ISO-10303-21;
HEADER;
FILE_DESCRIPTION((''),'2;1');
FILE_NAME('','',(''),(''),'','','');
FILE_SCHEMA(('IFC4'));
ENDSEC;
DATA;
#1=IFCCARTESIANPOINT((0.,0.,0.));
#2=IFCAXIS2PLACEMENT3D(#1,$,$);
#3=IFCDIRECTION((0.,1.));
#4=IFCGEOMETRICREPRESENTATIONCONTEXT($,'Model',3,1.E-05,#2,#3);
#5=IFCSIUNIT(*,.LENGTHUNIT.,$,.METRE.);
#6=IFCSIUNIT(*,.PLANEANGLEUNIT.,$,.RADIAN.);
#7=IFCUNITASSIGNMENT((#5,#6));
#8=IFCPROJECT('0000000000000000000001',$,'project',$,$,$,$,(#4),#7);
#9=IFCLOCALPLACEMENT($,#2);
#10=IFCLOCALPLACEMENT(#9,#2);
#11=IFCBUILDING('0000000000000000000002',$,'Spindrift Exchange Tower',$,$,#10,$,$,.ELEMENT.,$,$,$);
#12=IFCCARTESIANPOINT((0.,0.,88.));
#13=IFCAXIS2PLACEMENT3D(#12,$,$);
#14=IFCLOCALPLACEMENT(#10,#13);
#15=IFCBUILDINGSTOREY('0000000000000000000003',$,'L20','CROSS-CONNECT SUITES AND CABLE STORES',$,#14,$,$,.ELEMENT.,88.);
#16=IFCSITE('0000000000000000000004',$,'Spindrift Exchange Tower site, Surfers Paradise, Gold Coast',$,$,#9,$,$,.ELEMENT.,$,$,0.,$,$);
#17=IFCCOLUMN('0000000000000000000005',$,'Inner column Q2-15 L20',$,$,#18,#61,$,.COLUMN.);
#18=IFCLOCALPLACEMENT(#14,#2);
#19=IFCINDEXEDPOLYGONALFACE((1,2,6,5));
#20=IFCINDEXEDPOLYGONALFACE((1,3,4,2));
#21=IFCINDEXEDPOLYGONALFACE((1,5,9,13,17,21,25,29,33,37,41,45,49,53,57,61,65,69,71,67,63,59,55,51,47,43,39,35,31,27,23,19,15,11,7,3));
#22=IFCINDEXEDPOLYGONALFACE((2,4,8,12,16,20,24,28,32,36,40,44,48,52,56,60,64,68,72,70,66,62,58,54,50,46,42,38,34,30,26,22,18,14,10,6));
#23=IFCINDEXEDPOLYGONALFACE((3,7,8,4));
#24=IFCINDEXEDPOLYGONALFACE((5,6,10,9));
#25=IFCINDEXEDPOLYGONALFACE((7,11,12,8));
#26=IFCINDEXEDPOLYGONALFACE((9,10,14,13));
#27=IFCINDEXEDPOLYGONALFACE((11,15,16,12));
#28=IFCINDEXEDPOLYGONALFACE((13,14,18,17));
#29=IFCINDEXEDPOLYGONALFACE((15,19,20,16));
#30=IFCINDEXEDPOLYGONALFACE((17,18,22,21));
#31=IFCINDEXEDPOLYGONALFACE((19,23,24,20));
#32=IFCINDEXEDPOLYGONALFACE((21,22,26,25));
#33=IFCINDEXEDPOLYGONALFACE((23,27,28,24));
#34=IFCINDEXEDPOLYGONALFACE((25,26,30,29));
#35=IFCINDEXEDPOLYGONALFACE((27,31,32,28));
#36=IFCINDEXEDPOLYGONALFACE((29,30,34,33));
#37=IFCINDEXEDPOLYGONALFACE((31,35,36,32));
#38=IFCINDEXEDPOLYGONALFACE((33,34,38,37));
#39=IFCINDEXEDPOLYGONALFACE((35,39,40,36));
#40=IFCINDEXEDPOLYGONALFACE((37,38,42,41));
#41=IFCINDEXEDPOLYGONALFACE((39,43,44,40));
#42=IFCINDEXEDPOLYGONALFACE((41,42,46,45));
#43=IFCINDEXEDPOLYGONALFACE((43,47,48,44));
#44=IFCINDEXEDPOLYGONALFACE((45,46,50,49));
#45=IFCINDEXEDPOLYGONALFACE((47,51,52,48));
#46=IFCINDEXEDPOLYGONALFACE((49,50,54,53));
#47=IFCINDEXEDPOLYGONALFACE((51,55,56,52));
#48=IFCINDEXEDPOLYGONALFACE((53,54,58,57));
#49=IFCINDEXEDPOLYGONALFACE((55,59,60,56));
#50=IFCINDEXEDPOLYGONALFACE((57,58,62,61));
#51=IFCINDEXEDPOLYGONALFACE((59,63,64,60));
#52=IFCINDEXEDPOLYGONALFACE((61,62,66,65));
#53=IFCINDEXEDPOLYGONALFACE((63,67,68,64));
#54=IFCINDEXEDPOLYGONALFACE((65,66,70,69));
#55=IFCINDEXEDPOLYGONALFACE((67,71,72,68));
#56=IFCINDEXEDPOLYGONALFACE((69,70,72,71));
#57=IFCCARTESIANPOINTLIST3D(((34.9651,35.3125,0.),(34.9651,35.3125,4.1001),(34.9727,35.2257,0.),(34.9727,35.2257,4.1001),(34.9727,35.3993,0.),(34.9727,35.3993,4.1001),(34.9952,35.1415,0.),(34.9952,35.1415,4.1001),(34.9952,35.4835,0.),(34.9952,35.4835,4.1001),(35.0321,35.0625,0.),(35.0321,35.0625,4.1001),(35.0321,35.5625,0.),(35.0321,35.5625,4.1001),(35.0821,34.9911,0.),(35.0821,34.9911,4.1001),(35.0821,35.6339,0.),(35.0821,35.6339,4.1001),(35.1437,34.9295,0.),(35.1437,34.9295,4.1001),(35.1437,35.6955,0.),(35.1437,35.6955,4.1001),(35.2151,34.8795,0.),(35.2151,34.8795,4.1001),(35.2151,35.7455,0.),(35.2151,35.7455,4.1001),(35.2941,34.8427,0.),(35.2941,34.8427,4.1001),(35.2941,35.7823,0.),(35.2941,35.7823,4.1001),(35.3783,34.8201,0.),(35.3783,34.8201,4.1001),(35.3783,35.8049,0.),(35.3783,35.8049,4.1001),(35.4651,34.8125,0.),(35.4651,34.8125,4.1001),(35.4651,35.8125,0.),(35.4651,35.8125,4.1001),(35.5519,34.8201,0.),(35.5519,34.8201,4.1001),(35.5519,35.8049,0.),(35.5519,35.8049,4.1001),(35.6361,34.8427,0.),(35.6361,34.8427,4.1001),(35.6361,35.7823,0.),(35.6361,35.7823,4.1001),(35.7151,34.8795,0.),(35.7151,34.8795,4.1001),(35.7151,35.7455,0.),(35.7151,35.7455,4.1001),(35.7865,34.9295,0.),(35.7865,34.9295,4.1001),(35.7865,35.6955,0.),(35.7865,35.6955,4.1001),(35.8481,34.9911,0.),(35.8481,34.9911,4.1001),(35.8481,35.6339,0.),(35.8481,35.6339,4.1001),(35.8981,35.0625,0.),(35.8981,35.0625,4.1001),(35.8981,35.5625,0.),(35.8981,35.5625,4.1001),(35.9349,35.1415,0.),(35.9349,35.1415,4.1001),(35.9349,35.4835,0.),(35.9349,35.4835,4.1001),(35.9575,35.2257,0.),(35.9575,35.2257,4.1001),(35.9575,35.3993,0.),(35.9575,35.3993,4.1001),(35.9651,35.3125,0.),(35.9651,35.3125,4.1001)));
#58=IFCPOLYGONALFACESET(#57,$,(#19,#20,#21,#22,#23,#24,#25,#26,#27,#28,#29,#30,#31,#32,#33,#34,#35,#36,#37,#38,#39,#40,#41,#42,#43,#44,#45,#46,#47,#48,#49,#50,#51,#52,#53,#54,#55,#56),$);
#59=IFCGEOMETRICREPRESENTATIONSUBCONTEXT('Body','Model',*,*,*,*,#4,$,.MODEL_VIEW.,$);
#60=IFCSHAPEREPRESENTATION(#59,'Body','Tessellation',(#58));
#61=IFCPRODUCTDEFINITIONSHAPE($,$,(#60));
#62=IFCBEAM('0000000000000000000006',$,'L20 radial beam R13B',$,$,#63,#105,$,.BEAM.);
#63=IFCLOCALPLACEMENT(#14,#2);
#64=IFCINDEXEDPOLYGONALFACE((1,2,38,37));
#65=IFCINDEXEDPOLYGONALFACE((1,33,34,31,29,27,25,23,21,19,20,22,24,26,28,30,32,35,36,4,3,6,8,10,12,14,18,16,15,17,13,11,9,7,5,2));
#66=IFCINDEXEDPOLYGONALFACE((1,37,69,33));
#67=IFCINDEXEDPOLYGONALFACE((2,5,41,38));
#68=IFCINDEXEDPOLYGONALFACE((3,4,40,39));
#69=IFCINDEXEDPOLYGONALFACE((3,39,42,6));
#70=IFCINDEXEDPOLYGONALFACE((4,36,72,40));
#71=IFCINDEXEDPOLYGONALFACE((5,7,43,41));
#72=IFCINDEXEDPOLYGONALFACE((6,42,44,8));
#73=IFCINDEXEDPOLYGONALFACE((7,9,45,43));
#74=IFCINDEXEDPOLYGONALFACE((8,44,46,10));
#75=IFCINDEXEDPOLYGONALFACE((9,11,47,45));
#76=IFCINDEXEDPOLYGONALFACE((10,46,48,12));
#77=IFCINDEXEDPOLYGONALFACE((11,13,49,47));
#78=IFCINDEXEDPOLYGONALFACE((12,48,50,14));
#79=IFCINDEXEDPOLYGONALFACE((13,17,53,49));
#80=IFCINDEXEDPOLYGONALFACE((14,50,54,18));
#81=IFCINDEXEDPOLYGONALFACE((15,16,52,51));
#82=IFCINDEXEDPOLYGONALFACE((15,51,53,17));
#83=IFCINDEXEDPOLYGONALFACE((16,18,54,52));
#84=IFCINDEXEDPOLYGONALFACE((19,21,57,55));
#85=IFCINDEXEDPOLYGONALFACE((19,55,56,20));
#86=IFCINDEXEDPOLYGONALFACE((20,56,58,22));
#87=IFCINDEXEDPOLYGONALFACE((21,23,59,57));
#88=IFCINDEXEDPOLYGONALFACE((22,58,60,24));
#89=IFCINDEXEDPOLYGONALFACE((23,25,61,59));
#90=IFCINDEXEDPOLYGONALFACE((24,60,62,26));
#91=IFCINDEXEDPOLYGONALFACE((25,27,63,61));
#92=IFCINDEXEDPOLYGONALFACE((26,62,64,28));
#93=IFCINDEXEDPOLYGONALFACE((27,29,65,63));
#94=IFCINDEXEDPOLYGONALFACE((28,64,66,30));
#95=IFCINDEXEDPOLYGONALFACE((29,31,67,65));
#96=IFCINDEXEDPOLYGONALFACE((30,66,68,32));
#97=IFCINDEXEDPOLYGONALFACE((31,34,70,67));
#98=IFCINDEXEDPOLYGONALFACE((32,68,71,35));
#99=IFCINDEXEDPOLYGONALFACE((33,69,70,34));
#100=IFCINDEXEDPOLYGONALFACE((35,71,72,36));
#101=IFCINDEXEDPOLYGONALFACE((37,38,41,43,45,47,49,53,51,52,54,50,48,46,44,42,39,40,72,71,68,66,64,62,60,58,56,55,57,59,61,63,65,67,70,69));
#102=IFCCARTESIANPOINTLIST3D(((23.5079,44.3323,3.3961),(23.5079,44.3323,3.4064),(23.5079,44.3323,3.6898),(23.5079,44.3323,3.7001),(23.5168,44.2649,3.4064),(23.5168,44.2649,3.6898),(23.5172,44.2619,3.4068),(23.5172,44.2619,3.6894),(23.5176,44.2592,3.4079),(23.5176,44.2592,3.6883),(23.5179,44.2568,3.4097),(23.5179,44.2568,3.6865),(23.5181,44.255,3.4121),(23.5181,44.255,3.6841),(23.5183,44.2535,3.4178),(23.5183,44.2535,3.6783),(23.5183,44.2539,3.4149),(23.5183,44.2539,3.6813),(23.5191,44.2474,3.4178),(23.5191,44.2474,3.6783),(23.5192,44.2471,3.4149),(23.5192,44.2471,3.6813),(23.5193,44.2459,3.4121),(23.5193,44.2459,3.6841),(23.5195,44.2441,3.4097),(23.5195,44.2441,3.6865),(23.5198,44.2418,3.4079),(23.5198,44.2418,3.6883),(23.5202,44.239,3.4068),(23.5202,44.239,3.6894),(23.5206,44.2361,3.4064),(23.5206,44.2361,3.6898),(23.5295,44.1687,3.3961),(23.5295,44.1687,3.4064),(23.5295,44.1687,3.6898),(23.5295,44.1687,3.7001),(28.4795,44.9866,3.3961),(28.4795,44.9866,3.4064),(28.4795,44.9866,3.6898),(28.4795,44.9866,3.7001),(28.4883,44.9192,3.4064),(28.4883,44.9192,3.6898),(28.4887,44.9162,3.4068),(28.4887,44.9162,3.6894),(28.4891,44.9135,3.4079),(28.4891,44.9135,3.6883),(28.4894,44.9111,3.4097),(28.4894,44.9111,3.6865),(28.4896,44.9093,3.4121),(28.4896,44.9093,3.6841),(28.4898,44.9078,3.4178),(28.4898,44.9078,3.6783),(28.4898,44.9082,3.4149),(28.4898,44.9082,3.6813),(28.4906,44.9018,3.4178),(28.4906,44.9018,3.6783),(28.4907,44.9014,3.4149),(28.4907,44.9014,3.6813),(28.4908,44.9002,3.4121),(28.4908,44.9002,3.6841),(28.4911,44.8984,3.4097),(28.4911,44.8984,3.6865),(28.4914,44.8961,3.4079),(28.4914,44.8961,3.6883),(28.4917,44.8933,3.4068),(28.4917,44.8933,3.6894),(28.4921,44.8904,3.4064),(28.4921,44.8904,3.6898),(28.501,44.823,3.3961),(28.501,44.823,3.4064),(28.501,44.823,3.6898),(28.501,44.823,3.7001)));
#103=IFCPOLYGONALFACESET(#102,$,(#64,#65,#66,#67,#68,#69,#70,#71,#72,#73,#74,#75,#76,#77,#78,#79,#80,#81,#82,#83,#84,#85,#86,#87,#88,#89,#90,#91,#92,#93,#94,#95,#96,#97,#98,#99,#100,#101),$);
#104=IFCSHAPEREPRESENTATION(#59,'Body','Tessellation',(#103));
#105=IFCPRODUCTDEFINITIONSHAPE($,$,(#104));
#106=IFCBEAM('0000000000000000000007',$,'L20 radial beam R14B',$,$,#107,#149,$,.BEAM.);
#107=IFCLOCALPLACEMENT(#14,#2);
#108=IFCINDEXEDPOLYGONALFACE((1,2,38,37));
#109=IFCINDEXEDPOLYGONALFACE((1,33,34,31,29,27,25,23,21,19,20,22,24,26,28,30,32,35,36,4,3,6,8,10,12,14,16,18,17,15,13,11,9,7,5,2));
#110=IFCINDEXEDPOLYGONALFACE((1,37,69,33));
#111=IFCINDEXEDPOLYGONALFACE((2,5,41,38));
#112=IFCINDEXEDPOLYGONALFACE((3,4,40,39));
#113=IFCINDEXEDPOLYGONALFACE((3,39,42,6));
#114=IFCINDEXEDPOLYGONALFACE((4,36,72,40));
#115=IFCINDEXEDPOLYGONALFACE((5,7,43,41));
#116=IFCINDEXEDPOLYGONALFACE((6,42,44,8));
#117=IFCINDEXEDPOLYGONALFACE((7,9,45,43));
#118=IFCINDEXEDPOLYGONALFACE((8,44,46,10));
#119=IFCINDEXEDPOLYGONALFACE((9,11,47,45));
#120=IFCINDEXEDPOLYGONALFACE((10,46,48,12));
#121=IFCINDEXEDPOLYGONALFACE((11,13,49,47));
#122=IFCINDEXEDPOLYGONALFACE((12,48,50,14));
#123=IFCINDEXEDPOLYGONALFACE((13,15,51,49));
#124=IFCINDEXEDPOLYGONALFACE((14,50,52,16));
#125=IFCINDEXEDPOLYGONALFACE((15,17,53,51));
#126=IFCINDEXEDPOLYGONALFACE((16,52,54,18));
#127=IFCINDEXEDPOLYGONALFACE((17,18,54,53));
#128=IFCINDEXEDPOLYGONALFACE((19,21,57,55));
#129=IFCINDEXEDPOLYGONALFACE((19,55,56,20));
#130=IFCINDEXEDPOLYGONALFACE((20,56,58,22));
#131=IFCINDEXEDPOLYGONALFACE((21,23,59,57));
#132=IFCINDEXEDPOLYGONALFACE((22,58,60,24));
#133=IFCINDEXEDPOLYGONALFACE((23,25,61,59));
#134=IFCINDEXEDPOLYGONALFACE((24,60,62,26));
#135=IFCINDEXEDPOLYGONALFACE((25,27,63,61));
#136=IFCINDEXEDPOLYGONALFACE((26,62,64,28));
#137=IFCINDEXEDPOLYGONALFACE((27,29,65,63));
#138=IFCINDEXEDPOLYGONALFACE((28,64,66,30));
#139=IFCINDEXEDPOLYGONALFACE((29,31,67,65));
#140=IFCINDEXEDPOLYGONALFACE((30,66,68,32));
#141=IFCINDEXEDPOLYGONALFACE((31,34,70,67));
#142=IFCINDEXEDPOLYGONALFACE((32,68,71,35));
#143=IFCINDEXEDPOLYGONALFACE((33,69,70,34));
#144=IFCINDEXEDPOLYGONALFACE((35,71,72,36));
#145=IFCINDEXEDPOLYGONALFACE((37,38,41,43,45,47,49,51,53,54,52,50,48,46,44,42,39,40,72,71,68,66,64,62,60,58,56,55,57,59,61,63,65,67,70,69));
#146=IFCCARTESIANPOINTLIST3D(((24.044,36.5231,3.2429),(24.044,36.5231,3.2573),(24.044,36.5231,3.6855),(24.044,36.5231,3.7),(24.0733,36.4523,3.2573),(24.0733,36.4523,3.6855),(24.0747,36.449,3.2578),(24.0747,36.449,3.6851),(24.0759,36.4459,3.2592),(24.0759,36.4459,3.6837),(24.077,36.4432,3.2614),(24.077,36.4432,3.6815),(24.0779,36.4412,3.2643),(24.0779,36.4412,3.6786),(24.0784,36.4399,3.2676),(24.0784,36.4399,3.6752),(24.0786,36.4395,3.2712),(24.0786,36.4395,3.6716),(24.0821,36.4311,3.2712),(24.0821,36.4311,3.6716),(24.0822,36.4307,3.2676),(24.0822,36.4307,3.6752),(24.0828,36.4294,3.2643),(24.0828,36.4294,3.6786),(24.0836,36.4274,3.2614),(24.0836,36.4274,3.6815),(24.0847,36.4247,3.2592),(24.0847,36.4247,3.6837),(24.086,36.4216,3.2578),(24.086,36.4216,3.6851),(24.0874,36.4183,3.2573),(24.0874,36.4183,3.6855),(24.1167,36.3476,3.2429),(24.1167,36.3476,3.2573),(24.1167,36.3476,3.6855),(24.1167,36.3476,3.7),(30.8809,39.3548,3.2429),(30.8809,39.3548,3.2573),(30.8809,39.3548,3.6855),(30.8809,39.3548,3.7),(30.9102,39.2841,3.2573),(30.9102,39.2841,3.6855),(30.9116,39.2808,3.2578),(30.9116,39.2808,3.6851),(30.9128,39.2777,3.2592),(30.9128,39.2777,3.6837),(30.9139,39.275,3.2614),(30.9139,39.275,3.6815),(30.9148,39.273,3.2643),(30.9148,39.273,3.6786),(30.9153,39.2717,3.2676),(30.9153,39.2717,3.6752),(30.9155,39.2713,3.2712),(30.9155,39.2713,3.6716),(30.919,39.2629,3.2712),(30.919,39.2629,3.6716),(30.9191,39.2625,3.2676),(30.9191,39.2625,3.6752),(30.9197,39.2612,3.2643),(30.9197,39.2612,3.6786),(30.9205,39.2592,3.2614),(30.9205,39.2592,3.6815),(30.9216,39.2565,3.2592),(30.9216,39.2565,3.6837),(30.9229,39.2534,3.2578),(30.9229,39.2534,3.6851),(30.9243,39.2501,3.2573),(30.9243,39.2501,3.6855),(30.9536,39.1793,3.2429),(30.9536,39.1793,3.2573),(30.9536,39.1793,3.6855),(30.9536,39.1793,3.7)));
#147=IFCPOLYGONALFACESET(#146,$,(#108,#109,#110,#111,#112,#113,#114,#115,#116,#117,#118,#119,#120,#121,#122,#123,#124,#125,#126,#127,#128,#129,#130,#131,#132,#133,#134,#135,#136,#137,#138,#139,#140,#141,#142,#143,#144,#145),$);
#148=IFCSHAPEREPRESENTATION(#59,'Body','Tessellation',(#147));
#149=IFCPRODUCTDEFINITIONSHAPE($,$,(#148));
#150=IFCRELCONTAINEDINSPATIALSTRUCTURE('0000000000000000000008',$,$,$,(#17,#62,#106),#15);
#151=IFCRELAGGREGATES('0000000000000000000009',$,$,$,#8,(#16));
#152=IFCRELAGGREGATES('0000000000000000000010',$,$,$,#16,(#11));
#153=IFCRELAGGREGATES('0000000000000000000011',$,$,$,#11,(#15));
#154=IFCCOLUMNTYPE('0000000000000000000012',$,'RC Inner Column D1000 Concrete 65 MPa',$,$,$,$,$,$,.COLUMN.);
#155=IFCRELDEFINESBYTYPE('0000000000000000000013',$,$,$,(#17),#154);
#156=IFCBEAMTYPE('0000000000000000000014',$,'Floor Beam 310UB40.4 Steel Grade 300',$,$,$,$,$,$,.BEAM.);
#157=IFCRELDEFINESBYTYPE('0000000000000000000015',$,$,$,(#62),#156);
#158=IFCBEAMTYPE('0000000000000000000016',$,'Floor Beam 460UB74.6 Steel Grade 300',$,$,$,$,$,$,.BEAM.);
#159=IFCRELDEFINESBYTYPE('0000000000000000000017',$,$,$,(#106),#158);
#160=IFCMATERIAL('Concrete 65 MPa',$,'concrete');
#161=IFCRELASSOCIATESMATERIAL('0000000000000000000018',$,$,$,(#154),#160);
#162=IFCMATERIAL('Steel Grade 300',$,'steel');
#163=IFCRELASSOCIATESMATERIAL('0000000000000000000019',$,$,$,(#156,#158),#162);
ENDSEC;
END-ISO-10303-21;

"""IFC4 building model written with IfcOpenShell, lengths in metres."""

from ifc_helpers import new_model, si_unit, direction, frame, origin, origin_2d, place, context, subcontext, project, spatial, circle, i_section, extrude, source, transform, mapped, material, material_profile, profile_set, type_object, element, save


model = new_model("IFC4")

# Units and contexts
model_context = context("Model", 3, precision=1e-05, world=origin(), true_north=direction((0.0, 1.0)))
body_context = subcontext(model_context, "Body", "Model", "MODEL_VIEW")
ifc_project = project(units=[si_unit("LENGTHUNIT", "METRE"), si_unit("PLANEANGLEUNIT", "RADIAN")], contexts=[model_context])

# Site, building, storey
site_placement = place(None, origin())
site = spatial("IfcSite", under=ifc_project, at=site_placement, Name="Spindrift Exchange Tower site, Surfers Paradise, Gold Coast", CompositionType="ELEMENT", RefElevation=0.0)
building_placement = place(site_placement, origin())
building = spatial("IfcBuilding", under=site, at=building_placement, Name="Spindrift Exchange Tower", CompositionType="ELEMENT")
storey_placement = place(building_placement, frame((0.0, 0.0, 88.0)))
storey = spatial("IfcBuildingStorey", under=building, at=storey_placement, Name="L20", Description="CROSS-CONNECT SUITES AND CABLE STORES", CompositionType="ELEMENT", Elevation=88.0)

# Column
ifc_material_1 = material(Name="Concrete 65 MPa", Category="concrete")
ifc_material_profile_1 = material_profile(ifc_material_1, circle(Radius=0.5, at=origin_2d()), Name="RC D1000")
ifc_profile_set_1 = profile_set([ifc_material_profile_1], Name="Concrete 65 MPa")
column_type_1 = type_object("IfcColumnType", Name="RC Inner Column D1000 Concrete 65 MPa", PredefinedType="COLUMN", material=ifc_profile_set_1)
shared_shape_1 = source(origin(), body_context, "Body", "SweptSolid", [
    extrude(circle(Radius=0.5, at=origin_2d()), origin(), (0.0, 0.0, 1.0), 4.1001),
])
for number, where, z_axis, x_axis, name in (
    (1, (35.4651, 35.3125, 0.0), (0.0, 0.0, 1.0), (1.0, 0.0, 0.0), "Inner column Q2-15 L20"),
):
    element("IfcColumn", number, at=place(storey_placement, frame(where, z_axis=z_axis, x_axis=x_axis)), inside=storey, type_object=column_type_1, Name=name, PredefinedType="COLUMN", context=body_context, shape_type="MappedRepresentation", body=[
        mapped(shared_shape_1, transform((0.0, 0.0, 0.0), scale=1.0)),
    ])

# Beams
ifc_material_2 = material(Name="Steel Grade 300", Category="steel")
ifc_material_profile_2 = material_profile(ifc_material_2, i_section(OverallWidth=0.165, OverallDepth=0.304, WebThickness=0.0061, FlangeThickness=0.0103, FilletRadius=0.0115, at=origin_2d()), Name="310UB40.4")
ifc_profile_set_2 = profile_set([ifc_material_profile_2], Name="Steel Grade 300")
beam_type_1 = type_object("IfcBeamType", Name="Floor Beam 310UB40.4 Steel Grade 300", PredefinedType="BEAM", material=ifc_profile_set_2)
shared_shape_2 = source(origin(), body_context, "Body", "SweptSolid", [
    extrude(i_section(OverallWidth=0.165, OverallDepth=0.304, WebThickness=0.0061, FlangeThickness=0.0103, FilletRadius=0.0115, at=origin_2d()), origin(), (0.0, 0.0, 1.0), 5.0144),
])
beam_1_placement = place(storey_placement, frame((28.4902, 44.9048, 3.5481), z_axis=(-0.99145, -0.130486, 0.0), x_axis=(0.130486, -0.99145, 0.0)))
element("IfcBeam", 2, at=beam_1_placement, inside=storey, type_object=beam_type_1, Name="L20 radial beam R13B", PredefinedType="BEAM", context=body_context, shape_type="MappedRepresentation", body=[
    mapped(shared_shape_2, transform((0.0, 0.0, 0.0), scale=1.0)),
])
ifc_material_profile_3 = material_profile(ifc_material_2, i_section(OverallWidth=0.1899, OverallDepth=0.457, WebThickness=0.009, FlangeThickness=0.0144, FilletRadius=0.0139, at=origin_2d()), Name="460UB74.6")
ifc_profile_set_3 = profile_set([ifc_material_profile_3], Name="Steel Grade 300")
beam_type_2 = type_object("IfcBeamType", Name="Floor Beam 460UB74.6 Steel Grade 300", PredefinedType="BEAM", material=ifc_profile_set_3)
shared_shape_3 = source(origin(), body_context, "Body", "SweptSolid", [
    extrude(i_section(OverallWidth=0.1899, OverallDepth=0.457, WebThickness=0.009, FlangeThickness=0.0144, FilletRadius=0.0139, at=origin_2d()), origin(), (0.0, 0.0, 1.0), 7.4001),
])
beam_2_placement = place(storey_placement, frame((30.9172, 39.2671, 3.4714), z_axis=(-0.923887, -0.382666, 0.0), x_axis=(0.382666, -0.923887, 0.0)))
element("IfcBeam", 3, at=beam_2_placement, inside=storey, type_object=beam_type_2, Name="L20 radial beam R14B", PredefinedType="BEAM", context=body_context, shape_type="MappedRepresentation", body=[
    mapped(shared_shape_3, transform((0.0, 0.0, 0.0), scale=1.0)),
])

save(model, "model.ifc")
